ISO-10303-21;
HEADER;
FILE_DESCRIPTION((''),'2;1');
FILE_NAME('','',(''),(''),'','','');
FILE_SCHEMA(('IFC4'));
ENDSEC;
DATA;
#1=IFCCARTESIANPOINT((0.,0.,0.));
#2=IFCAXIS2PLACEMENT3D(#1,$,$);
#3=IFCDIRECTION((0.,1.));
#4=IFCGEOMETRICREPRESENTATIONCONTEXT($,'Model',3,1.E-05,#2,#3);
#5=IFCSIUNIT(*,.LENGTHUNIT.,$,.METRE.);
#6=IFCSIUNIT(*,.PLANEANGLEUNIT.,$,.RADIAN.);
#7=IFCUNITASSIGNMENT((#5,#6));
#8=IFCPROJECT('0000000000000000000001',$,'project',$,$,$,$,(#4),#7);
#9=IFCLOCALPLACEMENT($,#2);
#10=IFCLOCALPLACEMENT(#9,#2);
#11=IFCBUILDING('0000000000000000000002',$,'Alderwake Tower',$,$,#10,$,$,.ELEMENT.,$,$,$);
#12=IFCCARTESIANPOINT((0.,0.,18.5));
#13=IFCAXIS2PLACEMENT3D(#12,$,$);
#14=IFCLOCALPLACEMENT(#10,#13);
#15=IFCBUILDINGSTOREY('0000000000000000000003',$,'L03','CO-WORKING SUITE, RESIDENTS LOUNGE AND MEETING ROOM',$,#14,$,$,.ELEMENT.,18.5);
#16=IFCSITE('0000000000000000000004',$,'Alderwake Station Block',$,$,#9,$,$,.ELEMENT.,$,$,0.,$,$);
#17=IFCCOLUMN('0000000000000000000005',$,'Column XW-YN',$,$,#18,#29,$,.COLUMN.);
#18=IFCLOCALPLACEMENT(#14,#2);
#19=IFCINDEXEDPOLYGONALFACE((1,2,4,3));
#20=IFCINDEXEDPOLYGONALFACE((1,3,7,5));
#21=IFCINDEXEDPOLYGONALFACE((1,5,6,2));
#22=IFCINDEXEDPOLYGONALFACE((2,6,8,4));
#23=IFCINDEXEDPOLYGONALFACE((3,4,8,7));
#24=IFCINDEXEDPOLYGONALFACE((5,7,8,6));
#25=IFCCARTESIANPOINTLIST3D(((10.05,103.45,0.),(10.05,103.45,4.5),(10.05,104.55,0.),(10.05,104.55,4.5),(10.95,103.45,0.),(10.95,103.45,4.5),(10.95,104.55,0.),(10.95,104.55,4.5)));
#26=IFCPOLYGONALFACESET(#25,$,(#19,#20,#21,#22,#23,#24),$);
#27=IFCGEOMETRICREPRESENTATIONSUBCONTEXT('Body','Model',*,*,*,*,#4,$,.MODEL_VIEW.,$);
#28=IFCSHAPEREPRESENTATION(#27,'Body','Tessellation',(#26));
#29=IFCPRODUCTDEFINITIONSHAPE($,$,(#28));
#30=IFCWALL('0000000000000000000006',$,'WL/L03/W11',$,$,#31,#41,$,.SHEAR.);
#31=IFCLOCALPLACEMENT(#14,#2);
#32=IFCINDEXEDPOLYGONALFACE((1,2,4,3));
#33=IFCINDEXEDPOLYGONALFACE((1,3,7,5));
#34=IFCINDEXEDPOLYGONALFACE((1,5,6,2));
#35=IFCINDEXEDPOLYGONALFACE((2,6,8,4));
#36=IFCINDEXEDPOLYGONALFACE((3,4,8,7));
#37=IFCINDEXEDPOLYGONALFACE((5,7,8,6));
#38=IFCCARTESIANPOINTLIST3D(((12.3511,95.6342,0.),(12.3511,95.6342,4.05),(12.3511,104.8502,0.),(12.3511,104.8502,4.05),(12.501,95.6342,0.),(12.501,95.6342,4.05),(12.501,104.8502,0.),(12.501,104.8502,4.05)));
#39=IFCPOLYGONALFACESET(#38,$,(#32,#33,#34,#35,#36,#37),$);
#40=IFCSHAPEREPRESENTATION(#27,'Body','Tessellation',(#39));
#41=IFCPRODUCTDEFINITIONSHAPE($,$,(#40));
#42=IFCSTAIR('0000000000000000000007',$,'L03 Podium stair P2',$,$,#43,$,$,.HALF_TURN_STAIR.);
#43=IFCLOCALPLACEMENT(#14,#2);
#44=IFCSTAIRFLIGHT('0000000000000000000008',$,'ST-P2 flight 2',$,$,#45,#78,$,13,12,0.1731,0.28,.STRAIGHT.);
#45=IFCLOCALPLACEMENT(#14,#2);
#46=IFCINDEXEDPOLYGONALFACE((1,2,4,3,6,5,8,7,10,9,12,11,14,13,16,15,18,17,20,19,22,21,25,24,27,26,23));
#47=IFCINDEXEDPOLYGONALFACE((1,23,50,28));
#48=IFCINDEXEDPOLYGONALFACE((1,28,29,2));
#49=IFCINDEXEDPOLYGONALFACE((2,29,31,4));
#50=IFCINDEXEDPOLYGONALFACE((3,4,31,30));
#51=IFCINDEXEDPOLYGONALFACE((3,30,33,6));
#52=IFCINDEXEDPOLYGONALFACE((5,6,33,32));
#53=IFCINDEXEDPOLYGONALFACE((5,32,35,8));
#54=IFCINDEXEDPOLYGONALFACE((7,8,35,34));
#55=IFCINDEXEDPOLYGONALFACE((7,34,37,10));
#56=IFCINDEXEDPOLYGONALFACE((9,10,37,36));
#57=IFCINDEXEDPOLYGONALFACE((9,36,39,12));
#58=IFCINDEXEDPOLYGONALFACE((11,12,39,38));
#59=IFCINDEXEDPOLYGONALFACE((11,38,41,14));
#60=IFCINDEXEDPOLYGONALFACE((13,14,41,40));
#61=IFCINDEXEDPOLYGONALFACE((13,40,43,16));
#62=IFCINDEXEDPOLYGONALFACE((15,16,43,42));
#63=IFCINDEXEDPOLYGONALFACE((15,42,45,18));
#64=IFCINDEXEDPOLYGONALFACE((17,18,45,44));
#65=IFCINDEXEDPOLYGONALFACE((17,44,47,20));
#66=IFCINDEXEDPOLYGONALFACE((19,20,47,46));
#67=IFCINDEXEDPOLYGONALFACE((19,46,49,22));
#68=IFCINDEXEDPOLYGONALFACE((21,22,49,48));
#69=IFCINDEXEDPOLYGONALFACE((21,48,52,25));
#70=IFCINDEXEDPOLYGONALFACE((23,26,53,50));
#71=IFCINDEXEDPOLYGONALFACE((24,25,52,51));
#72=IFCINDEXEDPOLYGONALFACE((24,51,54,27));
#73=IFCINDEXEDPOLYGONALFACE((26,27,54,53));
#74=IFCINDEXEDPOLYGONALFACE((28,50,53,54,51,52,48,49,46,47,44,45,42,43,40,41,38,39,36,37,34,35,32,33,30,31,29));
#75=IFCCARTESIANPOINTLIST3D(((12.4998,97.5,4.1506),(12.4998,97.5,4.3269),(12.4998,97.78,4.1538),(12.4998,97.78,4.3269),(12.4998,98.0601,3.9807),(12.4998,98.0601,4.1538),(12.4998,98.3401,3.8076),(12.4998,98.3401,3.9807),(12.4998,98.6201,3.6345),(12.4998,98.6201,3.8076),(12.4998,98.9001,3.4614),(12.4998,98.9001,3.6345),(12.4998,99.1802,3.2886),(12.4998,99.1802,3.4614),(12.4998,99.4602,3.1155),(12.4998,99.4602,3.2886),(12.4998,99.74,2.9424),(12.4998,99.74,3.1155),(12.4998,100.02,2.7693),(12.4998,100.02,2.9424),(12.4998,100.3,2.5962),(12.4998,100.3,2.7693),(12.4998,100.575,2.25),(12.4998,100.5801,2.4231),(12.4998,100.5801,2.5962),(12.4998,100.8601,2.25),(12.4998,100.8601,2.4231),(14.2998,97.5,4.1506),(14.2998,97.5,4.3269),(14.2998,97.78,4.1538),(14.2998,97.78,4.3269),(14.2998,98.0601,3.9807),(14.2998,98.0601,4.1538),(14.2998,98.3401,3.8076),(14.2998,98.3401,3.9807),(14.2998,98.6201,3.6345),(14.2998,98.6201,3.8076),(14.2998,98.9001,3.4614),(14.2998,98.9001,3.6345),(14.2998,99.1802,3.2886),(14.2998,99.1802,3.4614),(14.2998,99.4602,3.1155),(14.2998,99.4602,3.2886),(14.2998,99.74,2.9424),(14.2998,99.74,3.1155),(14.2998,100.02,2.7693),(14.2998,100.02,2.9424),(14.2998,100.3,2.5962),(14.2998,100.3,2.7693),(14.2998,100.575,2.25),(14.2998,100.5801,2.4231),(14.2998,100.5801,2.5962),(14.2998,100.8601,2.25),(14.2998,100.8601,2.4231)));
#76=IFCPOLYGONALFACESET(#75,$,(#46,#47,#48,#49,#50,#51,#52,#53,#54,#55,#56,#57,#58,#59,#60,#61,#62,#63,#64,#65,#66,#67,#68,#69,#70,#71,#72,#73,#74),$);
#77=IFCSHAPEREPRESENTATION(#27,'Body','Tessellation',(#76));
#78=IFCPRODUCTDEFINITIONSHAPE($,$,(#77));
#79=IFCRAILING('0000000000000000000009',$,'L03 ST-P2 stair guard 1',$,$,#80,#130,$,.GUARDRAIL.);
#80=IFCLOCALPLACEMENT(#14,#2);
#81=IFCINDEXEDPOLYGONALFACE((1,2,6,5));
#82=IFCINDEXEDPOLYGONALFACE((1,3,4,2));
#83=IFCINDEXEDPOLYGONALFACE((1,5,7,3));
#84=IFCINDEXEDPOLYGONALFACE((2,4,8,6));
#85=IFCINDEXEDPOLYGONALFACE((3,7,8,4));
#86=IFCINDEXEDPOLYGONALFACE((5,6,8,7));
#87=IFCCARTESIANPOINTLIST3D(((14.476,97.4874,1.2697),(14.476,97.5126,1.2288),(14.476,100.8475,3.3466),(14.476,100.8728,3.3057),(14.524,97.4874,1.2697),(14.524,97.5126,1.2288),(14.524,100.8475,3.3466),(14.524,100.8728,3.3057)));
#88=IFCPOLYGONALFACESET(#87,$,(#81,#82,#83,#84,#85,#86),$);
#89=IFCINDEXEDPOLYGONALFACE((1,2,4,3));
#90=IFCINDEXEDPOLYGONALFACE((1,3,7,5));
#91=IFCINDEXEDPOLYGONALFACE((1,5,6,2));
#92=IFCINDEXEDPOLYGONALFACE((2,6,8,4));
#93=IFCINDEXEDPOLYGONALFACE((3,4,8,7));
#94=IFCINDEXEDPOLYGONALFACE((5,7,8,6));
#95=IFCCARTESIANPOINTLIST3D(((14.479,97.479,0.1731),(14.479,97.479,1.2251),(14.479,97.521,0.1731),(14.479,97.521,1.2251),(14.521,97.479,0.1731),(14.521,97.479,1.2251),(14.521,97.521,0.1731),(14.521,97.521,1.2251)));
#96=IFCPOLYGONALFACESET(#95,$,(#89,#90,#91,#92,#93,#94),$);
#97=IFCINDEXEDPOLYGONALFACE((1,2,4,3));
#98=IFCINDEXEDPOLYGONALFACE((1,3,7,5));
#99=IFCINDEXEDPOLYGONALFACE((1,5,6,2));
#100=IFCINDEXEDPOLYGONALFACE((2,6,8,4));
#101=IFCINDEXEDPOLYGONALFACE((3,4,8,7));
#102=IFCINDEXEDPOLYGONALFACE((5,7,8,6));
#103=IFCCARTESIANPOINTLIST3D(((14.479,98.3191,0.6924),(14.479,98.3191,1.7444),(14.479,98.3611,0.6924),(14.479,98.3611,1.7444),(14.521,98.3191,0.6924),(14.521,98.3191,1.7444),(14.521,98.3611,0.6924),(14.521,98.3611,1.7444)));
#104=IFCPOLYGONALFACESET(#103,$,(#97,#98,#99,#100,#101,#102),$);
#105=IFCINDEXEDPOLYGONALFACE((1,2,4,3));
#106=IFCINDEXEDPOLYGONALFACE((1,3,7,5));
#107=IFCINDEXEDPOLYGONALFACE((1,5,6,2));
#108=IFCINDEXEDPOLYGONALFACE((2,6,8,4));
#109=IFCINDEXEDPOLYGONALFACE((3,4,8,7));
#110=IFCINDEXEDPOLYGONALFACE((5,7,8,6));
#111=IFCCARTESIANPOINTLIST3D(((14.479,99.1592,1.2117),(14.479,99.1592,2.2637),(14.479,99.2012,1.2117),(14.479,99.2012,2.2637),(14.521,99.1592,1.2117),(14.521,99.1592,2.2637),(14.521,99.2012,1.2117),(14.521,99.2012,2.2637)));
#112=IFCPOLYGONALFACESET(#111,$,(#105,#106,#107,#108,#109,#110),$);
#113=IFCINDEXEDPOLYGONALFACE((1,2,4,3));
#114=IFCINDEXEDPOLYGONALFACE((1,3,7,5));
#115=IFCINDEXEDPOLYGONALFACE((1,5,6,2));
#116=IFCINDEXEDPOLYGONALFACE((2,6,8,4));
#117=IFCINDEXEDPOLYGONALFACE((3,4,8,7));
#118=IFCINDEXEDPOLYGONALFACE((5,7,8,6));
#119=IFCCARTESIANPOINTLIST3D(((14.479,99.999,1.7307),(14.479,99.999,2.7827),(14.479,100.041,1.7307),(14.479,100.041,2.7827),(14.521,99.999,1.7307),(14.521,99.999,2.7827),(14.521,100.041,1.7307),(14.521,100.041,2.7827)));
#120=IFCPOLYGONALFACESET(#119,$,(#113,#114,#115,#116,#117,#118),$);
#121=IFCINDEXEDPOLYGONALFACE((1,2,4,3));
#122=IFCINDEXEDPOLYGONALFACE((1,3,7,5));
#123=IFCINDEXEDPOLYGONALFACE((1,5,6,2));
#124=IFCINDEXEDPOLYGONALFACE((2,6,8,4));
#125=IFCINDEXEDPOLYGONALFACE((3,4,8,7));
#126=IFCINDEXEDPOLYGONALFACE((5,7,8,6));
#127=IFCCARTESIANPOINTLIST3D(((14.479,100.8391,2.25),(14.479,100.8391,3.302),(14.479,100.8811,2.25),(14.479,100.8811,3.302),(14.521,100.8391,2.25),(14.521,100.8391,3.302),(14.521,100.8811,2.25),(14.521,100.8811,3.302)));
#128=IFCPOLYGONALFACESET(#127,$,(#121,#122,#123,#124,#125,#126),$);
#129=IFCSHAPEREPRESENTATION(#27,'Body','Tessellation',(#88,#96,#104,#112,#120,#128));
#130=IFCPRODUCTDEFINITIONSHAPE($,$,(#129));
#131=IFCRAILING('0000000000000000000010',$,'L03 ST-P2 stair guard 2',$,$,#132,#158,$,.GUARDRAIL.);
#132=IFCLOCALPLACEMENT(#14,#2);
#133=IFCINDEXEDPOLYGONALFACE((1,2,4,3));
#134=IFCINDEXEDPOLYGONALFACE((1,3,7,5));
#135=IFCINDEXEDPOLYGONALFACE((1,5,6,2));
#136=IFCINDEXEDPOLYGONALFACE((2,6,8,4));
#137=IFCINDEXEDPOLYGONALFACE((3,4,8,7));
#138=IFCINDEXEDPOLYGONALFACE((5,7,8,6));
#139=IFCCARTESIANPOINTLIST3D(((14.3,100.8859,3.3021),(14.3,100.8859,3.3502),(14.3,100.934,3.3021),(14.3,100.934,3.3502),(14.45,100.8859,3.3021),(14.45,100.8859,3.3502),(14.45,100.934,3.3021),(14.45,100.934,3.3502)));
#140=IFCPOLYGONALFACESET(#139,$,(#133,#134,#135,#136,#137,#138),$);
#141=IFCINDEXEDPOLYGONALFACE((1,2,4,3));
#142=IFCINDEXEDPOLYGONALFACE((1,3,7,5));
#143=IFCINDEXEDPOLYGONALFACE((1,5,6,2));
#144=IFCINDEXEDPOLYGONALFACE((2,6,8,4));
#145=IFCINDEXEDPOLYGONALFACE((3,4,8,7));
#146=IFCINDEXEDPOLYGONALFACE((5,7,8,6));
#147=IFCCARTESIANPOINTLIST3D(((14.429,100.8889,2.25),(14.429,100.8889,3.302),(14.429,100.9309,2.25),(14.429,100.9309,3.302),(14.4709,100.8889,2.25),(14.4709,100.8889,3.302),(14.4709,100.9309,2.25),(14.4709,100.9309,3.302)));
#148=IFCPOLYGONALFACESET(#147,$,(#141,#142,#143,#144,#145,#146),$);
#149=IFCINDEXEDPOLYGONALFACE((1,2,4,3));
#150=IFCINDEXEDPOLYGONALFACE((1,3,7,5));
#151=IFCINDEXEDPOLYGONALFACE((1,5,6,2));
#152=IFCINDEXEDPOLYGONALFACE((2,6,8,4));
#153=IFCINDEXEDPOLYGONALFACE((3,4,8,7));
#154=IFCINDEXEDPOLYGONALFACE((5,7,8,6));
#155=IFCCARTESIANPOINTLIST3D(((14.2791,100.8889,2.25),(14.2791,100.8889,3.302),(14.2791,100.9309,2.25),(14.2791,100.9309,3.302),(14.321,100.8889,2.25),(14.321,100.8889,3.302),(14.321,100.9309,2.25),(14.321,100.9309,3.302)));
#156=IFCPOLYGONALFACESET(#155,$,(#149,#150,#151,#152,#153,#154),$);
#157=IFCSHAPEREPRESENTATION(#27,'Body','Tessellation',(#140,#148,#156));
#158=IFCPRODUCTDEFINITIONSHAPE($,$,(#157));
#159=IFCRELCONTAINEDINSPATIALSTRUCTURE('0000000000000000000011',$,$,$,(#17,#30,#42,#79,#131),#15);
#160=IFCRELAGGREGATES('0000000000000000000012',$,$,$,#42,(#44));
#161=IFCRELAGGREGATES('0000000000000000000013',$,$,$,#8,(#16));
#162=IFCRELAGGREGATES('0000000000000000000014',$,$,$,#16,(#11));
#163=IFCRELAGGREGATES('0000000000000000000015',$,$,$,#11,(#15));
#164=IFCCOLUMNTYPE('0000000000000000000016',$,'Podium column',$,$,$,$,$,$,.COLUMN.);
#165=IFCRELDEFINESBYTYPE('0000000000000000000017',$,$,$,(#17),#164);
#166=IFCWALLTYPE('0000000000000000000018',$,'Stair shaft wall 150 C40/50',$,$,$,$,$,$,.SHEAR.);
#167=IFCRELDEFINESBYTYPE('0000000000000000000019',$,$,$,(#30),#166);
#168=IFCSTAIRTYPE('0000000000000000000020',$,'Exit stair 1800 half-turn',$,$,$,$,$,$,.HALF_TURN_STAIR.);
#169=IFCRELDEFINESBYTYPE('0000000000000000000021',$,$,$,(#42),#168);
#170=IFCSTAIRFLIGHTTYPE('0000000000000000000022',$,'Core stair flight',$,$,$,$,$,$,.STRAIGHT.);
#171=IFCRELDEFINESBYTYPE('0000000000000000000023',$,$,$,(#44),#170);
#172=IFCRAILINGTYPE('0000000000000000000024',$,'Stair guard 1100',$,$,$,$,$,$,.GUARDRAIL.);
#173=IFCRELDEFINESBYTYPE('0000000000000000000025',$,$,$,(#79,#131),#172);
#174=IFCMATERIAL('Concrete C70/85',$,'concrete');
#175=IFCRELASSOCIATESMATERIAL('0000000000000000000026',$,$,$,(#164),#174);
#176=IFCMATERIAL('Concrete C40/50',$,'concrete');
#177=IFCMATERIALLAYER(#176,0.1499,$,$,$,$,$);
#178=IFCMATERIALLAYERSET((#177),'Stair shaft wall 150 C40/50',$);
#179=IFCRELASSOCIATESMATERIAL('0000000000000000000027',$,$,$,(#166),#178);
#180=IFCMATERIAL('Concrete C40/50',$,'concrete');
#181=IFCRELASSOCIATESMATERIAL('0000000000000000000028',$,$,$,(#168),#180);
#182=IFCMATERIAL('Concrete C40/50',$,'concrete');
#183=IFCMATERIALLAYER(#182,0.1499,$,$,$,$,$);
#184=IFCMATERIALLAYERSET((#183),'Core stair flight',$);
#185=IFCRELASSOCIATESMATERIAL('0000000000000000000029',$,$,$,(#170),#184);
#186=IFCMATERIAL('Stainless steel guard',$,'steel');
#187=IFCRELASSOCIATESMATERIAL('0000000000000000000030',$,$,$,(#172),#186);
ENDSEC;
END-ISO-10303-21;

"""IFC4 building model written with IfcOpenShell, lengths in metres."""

from ifc_helpers import new_model, si_unit, direction, frame, frame_2d, origin, origin_2d, place, context, subcontext, project, spatial, polyline, rectangle, outline, extrude, material, layer, layer_set, material_profile, profile_set, type_object, element, aggregate, save


model = new_model("IFC4")

# Units and contexts
model_context = context("Model", 3, precision=1e-05, world=origin(), true_north=direction((0.0, 1.0)))
body_context = subcontext(model_context, "Body", "Model", "MODEL_VIEW")
ifc_project = project(units=[si_unit("LENGTHUNIT", "METRE"), si_unit("PLANEANGLEUNIT", "RADIAN")], contexts=[model_context])

# Site, building, storey
site_placement = place(None, origin())
site = spatial("IfcSite", under=ifc_project, at=site_placement, Name="Alderwake Station Block", CompositionType="ELEMENT", RefElevation=0.0)
building_placement = place(site_placement, origin())
building = spatial("IfcBuilding", under=site, at=building_placement, Name="Alderwake Tower", CompositionType="ELEMENT")
storey_placement = place(building_placement, frame((0.0, 0.0, 18.5)))
storey = spatial("IfcBuildingStorey", under=building, at=storey_placement, Name="L03", Description="CO-WORKING SUITE, RESIDENTS LOUNGE AND MEETING ROOM", CompositionType="ELEMENT", Elevation=18.5)

# Column
ifc_material_1 = material(Name="Concrete C70/85", Category="concrete")
ifc_material_profile = material_profile(ifc_material_1, rectangle(XDim=0.8999, YDim=1.1001, at=origin_2d()), Name="RC 1100X900")
ifc_profile_set = profile_set([ifc_material_profile], Name="Concrete C70/85")
column_type = type_object("IfcColumnType", Name="Podium column", PredefinedType="COLUMN", material=ifc_profile_set)
column_placement = place(storey_placement, frame((10.5, 104.0, 0.0), z_axis=(0.0, 0.0, 1.0), x_axis=(1.0, 0.0, 0.0)))
element("IfcColumn", 1, at=column_placement, inside=storey, type_object=column_type, Name="Column XW-YN", PredefinedType="COLUMN", context=body_context, shape_type="SweptSolid", body=[
    extrude(rectangle(XDim=0.8999, YDim=1.1001, at=origin_2d()), origin(), (0.0, 0.0, 1.0), 4.5),
])

# Wall
ifc_material_2 = material(Name="Concrete C40/50", Category="concrete")
ifc_layer_1 = layer(ifc_material_2, 0.1499)
ifc_layer_set_1 = layer_set([ifc_layer_1], Name="Stair shaft wall 150 C40/50")
wall_type_1 = type_object("IfcWallType", Name="Stair shaft wall 150 C40/50", PredefinedType="SHEAR", material=ifc_layer_set_1)
wall_1_placement = place(storey_placement, frame((12.426, 104.8501, 0.0), z_axis=(0.0, 0.0, 1.0), x_axis=(0.0, -1.0, 0.0)))
element("IfcWall", 2, at=wall_1_placement, inside=storey, type_object=wall_type_1, Name="WL/L03/W11", PredefinedType="SHEAR", context=body_context, shape_type="SweptSolid", body=[
    extrude(rectangle(XDim=9.2161, YDim=0.1499, at=frame_2d((4.6079, 0.0))), origin(), (0.0, 0.0, 1.0), 4.05),
])

# Stair, stair flight
ifc_material_3 = material(Name="Concrete C40/50", Category="concrete")
stair_type = type_object("IfcStairType", Name="Exit stair 1800 half-turn", PredefinedType="HALF_TURN_STAIR", material=ifc_material_3)
stair_placement = place(storey_placement, origin())
stair = element("IfcStair", 3, at=stair_placement, inside=storey, type_object=stair_type, Name="L03 Podium stair P2", PredefinedType="HALF_TURN_STAIR")
ifc_material_4 = material(Name="Concrete C40/50", Category="concrete")
ifc_layer_2 = layer(ifc_material_4, 0.1499)
ifc_layer_set_2 = layer_set([ifc_layer_2], Name="Core stair flight")
stair_flight_type = type_object("IfcStairFlightType", Name="Core stair flight", PredefinedType="STRAIGHT", material=ifc_layer_set_2)
stair_flight_placement = place(storey_placement, frame((13.3999, 100.8601, 2.25), z_axis=(0.0, 0.0, 1.0), x_axis=(0.0, -1.0, 0.0)))
stair_flight = element("IfcStairFlight", 4, at=stair_flight_placement, type_object=stair_flight_type, Name="ST-P2 flight 2", NumberOfRisers=13, NumberOfTreads=12, PredefinedType="STRAIGHT", RiserHeight=0.1731, TreadLength=0.28, context=body_context, shape_type="SweptSolid", body=[
    extrude(outline(polyline([(0.0, 0.0), (0.0, 0.1731), (0.28, 0.1731), (0.28, 0.3462), (0.5601, 0.3462), (0.5601, 0.5193), (0.8401, 0.5193), (0.8401, 0.6924), (1.1201, 0.6924), (1.1201, 0.8655), (1.3999, 0.8655), (1.3999, 1.0386), (1.6799, 1.0386), (1.6799, 1.2114), (1.96, 1.2114), (1.96, 1.3845), (2.24, 1.3845), (2.24, 1.5576), (2.52, 1.5576), (2.52, 1.7307), (2.8, 1.7307), (2.8, 1.9038), (3.0801, 1.9038), (3.0801, 2.0769), (3.3601, 2.0769), (3.3601, 2.25), (3.3601, 1.9006), (0.2852, 0.0), (0.0, 0.0)])), frame((0.0, 0.8999, 0.0), z_axis=(0.0, -1.0, 0.0), x_axis=(1.0, 0.0, 0.0)), (0.0, 0.0, 1.0), 1.8),
])
aggregate(stair, [stair_flight])

# Railings
ifc_material_5 = material(Name="Stainless steel guard", Category="steel")
railing_type_1 = type_object("IfcRailingType", Name="Stair guard 1100", PredefinedType="GUARDRAIL", material=ifc_material_5)
railing_1_placement = place(storey_placement, frame((14.5, 97.5, 0.1731)))
element("IfcRailing", 5, at=railing_1_placement, inside=storey, type_object=railing_type_1, Name="L03 ST-P2 stair guard 1", PredefinedType="GUARDRAIL", context=body_context, shape_type="SweptSolid", body=[
    extrude(rectangle(XDim=0.0481, YDim=0.0481, at=origin_2d()), frame((0.0, 0.0, 1.0762), z_axis=(0.0, 0.850623, 0.525776), x_axis=(-1.0, 0.0, 0.0)), (0.0, 0.0, 1.0), 3.9502),
    extrude(rectangle(XDim=0.042, YDim=0.042, at=origin_2d()), frame((0.0, 0.0, 0.0), z_axis=(0.0, 0.0, 1.0), x_axis=(0.0, 1.0, 0.0)), (0.0, 0.0, 1.0), 1.052),
    extrude(rectangle(XDim=0.042, YDim=0.042, at=origin_2d()), frame((0.0, 0.8401, 0.5193), z_axis=(0.0, 0.0, 1.0), x_axis=(0.0, 1.0, 0.0)), (0.0, 0.0, 1.0), 1.052),
    extrude(rectangle(XDim=0.042, YDim=0.042, at=origin_2d()), frame((0.0, 1.6802, 1.0386), z_axis=(0.0, 0.0, 1.0), x_axis=(0.0, 1.0, 0.0)), (0.0, 0.0, 1.0), 1.052),
    extrude(rectangle(XDim=0.042, YDim=0.042, at=origin_2d()), frame((0.0, 2.52, 1.5576), z_axis=(0.0, 0.0, 1.0), x_axis=(0.0, 1.0, 0.0)), (0.0, 0.0, 1.0), 1.052),
    extrude(rectangle(XDim=0.042, YDim=0.042, at=origin_2d()), frame((0.0, 3.3601, 2.0769), z_axis=(0.0, 0.0, 1.0), x_axis=(0.0, 1.0, 0.0)), (0.0, 0.0, 1.0), 1.052),
])
railing_2_placement = place(storey_placement, frame((14.45, 100.9099, 2.25)))
element("IfcRailing", 6, at=railing_2_placement, inside=storey, type_object=railing_type_1, Name="L03 ST-P2 stair guard 2", PredefinedType="GUARDRAIL", context=body_context, shape_type="SweptSolid", body=[
    extrude(rectangle(XDim=0.0481, YDim=0.0481, at=origin_2d()), frame((0.0, 0.0, 1.0762), z_axis=(-1.0, 0.0, 0.0), x_axis=(0.0, -1.0, 0.0)), (0.0, 0.0, 1.0), 0.1499),
    extrude(rectangle(XDim=0.042, YDim=0.042, at=origin_2d()), frame((0.0, 0.0, 0.0), z_axis=(0.0, 0.0, 1.0), x_axis=(-1.0, 0.0, 0.0)), (0.0, 0.0, 1.0), 1.052),
    extrude(rectangle(XDim=0.042, YDim=0.042, at=origin_2d()), frame((-0.1499, 0.0, 0.0), z_axis=(0.0, 0.0, 1.0), x_axis=(-1.0, 0.0, 0.0)), (0.0, 0.0, 1.0), 1.052),
])

save(model, "model.ifc")
